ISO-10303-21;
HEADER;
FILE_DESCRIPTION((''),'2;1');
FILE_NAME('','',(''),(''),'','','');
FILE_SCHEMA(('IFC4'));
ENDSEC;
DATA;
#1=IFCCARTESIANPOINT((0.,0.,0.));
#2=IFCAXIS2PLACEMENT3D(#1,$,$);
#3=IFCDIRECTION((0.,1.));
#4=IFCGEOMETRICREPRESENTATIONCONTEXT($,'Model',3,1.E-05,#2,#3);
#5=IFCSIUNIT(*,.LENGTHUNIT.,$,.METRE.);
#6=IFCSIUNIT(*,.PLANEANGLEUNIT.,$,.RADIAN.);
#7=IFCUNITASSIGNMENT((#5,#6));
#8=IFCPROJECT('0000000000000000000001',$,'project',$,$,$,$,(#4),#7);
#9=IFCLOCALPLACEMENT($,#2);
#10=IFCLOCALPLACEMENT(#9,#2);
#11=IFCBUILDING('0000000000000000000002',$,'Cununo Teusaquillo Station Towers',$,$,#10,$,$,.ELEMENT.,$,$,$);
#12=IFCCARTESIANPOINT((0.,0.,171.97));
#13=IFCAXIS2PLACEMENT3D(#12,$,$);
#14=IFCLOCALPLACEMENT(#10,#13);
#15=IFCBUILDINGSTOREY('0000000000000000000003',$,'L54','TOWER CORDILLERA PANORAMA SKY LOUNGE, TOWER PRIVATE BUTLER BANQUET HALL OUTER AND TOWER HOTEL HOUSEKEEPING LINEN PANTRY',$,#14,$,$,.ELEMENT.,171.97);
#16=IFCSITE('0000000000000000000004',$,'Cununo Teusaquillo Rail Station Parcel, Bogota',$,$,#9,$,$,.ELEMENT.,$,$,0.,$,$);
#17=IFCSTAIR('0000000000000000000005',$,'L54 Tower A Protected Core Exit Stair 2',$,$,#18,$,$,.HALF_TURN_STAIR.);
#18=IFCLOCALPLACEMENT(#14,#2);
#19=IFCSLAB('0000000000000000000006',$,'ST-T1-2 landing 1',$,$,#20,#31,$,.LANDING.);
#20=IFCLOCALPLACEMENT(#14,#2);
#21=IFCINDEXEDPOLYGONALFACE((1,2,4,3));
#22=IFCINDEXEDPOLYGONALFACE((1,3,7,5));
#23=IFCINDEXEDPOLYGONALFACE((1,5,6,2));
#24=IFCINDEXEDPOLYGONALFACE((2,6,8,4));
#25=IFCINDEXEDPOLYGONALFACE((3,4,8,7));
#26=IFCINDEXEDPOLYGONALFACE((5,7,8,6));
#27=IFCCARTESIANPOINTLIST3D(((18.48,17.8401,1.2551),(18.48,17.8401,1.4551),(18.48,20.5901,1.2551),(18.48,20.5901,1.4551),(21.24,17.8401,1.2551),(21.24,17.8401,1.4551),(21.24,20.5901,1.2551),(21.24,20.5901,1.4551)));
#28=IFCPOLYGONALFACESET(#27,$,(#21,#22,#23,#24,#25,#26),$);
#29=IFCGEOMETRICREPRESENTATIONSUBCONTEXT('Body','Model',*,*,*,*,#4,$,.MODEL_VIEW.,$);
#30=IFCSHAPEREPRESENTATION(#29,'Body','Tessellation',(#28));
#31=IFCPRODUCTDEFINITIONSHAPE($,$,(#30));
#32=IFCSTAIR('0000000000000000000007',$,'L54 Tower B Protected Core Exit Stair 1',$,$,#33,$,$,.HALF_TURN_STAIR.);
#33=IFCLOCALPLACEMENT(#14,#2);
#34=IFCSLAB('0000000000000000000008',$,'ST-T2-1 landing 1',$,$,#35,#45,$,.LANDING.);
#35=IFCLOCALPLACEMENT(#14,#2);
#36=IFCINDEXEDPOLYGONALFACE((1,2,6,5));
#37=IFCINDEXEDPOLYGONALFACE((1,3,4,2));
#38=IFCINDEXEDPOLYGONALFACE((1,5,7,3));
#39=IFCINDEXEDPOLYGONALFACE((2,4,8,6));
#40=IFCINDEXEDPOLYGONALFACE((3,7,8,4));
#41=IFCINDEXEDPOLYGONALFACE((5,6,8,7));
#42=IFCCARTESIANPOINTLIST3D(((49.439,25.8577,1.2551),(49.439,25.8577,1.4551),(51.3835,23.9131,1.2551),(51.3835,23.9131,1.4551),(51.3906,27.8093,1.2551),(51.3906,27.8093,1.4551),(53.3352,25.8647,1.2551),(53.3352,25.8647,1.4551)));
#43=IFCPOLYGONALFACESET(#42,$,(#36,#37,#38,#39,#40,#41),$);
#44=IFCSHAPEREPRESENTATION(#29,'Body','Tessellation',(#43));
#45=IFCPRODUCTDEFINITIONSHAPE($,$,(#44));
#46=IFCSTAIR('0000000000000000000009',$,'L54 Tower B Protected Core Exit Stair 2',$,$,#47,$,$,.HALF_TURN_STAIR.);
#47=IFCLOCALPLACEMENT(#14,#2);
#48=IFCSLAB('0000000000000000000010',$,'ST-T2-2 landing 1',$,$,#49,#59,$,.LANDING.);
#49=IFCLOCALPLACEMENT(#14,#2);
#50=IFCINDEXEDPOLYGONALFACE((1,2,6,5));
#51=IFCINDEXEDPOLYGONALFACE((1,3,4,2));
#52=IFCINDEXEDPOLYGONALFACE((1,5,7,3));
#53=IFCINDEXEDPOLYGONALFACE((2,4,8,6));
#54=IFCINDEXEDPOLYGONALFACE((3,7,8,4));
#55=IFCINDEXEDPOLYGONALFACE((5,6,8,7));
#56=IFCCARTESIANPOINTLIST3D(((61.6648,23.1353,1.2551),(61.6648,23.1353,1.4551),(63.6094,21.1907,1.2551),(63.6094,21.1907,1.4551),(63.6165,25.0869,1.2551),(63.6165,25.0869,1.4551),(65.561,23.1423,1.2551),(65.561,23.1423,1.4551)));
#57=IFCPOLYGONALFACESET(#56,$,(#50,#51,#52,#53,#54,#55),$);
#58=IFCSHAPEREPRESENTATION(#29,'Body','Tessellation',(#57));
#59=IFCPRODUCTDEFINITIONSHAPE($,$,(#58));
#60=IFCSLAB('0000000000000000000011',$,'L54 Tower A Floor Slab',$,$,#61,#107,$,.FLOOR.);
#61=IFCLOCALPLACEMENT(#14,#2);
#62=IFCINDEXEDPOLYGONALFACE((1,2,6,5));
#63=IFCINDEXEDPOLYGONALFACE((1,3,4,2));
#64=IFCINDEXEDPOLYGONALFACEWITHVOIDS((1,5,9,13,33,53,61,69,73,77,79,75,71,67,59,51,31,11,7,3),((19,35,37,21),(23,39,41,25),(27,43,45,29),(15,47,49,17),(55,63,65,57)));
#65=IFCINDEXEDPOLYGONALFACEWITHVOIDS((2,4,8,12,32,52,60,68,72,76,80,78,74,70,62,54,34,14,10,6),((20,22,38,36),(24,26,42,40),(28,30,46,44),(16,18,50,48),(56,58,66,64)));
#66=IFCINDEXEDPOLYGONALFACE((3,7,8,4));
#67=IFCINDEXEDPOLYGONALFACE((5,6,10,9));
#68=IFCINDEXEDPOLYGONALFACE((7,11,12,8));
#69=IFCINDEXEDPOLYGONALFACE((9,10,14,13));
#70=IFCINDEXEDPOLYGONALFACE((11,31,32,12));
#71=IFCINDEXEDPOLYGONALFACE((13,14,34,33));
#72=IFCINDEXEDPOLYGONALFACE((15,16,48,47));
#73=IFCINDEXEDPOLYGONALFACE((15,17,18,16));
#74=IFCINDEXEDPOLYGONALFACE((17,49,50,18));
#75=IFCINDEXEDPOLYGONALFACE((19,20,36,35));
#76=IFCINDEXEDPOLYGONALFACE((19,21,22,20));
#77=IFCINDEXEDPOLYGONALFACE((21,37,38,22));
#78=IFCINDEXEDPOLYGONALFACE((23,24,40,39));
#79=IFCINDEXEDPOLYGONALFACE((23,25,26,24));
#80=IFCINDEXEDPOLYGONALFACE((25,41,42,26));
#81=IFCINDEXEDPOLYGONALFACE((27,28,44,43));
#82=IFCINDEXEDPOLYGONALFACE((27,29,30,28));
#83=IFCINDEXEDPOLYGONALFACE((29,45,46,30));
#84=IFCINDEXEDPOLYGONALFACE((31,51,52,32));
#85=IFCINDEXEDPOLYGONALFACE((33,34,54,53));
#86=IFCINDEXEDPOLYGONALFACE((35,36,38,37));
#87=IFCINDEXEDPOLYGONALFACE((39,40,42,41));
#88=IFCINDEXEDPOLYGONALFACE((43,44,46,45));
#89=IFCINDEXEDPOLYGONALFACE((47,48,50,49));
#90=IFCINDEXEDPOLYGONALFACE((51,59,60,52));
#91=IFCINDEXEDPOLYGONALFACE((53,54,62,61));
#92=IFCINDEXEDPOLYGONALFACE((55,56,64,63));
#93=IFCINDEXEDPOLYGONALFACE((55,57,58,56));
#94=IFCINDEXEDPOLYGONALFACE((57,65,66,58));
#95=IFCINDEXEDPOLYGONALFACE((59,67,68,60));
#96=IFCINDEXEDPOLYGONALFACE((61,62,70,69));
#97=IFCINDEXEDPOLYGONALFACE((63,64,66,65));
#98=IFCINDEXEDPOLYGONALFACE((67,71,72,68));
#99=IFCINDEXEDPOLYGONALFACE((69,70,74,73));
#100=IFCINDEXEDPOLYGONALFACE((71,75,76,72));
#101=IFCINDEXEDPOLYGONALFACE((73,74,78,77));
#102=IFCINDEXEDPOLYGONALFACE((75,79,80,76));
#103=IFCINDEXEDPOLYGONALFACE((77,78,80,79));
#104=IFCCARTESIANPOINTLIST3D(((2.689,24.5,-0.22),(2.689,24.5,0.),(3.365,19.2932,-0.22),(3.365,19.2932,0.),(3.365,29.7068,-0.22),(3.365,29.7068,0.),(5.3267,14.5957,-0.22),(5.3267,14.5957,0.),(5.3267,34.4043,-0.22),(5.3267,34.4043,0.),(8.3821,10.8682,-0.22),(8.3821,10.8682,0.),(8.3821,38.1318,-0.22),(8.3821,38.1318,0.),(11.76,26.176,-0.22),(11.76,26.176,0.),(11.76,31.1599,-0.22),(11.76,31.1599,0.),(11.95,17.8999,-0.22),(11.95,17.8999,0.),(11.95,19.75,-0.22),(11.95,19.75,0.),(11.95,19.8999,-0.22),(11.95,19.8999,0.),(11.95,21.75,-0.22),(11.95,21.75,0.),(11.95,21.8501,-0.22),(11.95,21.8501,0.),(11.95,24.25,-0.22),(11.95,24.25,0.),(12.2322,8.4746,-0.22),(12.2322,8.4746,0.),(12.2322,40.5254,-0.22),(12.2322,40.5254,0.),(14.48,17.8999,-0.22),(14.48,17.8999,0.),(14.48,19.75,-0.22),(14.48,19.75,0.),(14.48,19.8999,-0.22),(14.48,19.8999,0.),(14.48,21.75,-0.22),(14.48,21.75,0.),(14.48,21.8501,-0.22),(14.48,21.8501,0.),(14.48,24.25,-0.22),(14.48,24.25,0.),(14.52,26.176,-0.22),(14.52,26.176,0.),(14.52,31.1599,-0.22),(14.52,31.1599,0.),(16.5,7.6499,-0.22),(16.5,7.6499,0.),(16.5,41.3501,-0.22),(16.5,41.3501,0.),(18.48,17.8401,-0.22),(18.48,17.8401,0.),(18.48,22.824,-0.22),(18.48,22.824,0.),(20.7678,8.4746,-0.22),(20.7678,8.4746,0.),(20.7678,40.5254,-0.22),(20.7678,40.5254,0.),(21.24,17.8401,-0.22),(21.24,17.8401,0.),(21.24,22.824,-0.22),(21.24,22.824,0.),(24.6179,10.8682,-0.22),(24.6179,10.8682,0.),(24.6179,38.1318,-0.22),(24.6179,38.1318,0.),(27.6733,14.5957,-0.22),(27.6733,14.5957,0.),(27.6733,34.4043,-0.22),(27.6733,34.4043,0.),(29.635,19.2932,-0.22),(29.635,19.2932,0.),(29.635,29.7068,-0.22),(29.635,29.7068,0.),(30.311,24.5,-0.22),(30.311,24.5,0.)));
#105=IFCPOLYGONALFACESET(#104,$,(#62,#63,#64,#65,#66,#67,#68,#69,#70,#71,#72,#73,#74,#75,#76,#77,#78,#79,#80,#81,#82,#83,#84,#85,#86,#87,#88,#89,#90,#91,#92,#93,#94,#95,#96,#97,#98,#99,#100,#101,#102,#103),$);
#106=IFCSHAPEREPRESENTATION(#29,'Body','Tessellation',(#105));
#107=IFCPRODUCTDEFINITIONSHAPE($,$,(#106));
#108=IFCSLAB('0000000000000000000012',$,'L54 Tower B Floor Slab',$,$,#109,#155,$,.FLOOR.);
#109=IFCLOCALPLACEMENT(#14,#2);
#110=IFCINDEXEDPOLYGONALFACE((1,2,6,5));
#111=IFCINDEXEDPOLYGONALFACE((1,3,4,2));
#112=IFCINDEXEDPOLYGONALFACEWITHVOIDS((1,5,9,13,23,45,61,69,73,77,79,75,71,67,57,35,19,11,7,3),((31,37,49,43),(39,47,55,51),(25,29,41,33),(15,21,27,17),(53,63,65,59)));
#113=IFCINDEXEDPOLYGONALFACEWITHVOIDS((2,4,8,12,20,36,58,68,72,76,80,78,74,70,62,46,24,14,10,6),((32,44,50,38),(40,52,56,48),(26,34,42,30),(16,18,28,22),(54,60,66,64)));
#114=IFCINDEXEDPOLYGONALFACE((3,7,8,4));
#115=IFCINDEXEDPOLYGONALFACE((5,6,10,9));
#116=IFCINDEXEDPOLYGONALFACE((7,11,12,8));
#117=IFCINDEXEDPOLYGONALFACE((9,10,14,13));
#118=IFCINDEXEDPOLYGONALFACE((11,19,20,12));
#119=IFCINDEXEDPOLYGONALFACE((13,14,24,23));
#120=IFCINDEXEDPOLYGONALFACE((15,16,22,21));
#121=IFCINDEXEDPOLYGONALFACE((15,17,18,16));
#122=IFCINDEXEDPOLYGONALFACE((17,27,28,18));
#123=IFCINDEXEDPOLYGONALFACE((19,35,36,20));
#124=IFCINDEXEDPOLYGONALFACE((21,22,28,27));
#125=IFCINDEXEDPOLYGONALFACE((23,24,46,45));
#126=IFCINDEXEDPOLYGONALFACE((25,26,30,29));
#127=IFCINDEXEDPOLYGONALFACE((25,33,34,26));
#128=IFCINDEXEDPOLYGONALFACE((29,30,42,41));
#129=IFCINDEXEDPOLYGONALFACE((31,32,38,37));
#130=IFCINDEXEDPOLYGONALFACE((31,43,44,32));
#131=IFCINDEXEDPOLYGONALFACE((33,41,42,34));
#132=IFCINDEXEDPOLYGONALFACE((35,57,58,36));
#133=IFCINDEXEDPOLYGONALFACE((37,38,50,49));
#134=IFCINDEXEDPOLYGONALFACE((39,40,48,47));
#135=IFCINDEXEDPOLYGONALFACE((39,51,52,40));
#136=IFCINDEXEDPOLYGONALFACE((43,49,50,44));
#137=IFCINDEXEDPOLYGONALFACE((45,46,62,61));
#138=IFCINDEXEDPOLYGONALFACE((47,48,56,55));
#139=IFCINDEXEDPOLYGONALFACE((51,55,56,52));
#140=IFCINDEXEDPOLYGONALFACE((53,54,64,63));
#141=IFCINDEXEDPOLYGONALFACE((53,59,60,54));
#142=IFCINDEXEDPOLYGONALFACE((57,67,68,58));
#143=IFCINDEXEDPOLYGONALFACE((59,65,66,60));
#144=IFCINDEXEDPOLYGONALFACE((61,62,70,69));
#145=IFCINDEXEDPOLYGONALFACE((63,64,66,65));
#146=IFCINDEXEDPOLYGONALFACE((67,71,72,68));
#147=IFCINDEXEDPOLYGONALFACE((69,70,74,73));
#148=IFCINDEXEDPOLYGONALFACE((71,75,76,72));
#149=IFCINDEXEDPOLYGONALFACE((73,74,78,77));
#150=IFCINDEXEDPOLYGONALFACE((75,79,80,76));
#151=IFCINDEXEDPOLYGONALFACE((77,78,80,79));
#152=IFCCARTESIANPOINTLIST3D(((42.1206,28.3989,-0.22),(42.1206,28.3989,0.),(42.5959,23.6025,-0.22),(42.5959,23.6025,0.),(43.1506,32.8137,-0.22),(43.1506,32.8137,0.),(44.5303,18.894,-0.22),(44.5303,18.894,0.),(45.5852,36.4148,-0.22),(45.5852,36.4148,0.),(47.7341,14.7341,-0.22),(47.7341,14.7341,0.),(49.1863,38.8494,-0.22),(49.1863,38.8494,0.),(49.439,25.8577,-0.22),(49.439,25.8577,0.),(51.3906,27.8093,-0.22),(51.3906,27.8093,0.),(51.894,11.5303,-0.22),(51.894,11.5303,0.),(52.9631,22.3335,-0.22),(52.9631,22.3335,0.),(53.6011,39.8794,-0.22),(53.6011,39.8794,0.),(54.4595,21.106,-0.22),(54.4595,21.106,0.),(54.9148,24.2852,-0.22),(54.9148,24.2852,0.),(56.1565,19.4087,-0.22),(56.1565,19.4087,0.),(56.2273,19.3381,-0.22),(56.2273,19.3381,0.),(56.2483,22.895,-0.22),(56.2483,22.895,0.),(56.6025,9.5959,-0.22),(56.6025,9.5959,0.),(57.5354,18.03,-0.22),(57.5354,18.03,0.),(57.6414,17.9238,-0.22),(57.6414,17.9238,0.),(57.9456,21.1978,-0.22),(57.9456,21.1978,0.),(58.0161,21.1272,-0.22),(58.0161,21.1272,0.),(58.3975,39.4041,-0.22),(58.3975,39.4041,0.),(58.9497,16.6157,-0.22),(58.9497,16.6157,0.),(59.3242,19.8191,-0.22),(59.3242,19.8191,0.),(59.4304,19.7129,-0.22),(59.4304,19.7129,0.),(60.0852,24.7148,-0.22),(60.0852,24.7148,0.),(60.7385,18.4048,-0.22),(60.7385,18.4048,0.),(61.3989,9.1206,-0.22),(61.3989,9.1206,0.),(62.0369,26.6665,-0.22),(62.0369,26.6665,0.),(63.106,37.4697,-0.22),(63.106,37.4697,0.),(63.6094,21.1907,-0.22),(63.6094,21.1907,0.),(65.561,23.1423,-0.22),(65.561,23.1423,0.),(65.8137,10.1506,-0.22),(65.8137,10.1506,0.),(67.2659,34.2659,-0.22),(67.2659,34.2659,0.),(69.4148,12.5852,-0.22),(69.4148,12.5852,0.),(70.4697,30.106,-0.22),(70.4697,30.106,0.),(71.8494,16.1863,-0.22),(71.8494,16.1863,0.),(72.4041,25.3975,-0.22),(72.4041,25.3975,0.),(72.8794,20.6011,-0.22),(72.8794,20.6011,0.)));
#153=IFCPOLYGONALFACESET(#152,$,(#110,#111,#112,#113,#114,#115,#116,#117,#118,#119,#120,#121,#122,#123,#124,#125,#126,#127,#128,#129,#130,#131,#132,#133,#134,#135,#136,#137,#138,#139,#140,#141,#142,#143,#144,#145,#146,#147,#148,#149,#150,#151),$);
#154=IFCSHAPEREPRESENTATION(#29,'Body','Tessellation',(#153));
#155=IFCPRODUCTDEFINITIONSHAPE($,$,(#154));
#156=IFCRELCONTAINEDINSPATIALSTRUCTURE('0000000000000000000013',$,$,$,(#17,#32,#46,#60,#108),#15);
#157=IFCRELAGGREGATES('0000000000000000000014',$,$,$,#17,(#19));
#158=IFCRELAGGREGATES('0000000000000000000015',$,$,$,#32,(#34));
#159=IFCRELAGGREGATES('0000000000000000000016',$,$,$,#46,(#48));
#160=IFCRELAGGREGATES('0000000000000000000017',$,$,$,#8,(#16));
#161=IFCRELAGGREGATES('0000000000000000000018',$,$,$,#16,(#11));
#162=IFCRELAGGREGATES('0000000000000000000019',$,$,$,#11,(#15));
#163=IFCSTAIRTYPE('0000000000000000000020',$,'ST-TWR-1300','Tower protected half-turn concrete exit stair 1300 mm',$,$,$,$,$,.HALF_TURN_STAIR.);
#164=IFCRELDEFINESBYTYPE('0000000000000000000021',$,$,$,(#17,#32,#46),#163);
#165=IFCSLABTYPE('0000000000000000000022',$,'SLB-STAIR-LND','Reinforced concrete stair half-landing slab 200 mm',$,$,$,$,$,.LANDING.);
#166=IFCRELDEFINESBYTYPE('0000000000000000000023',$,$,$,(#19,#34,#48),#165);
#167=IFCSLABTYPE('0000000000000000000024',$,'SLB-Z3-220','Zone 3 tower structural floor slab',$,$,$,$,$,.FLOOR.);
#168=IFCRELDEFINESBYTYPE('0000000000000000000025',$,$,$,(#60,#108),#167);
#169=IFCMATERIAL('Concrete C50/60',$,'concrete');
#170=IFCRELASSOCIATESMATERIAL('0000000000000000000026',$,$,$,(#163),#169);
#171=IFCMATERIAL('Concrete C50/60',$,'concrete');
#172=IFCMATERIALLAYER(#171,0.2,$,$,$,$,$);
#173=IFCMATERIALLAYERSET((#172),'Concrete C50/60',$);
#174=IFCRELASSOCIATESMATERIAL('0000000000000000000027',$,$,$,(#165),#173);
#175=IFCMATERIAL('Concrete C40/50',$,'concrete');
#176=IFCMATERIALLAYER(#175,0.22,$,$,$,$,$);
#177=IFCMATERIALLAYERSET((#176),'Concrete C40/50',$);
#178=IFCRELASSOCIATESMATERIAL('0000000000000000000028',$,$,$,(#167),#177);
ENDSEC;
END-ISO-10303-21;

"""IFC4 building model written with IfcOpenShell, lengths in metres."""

from ifc_helpers import new_model, si_unit, direction, frame, origin, place, context, subcontext, project, spatial, polyline, outline, extrude, material, layer, layer_set, type_object, element, aggregate, save


model = new_model("IFC4")

# Units and contexts
model_context = context("Model", 3, precision=1e-05, world=origin(), true_north=direction((0.0, 1.0)))
body_context = subcontext(model_context, "Body", "Model", "MODEL_VIEW")
ifc_project = project(units=[si_unit("LENGTHUNIT", "METRE"), si_unit("PLANEANGLEUNIT", "RADIAN")], contexts=[model_context])

# Site, building, storey
site_placement = place(None, origin())
site = spatial("IfcSite", under=ifc_project, at=site_placement, Name="Cununo Teusaquillo Rail Station Parcel, Bogota", CompositionType="ELEMENT", RefElevation=0.0)
building_placement = place(site_placement, origin())
building = spatial("IfcBuilding", under=site, at=building_placement, Name="Cununo Teusaquillo Station Towers", CompositionType="ELEMENT")
storey_placement = place(building_placement, frame((0.0, 0.0, 171.97)))
storey = spatial("IfcBuildingStorey", under=building, at=storey_placement, Name="L54", Description="TOWER CORDILLERA PANORAMA SKY LOUNGE, TOWER PRIVATE BUTLER BANQUET HALL OUTER AND TOWER HOTEL HOUSEKEEPING LINEN PANTRY", CompositionType="ELEMENT", Elevation=171.97)

# Stairs, slabs
ifc_material_1 = material(Name="Concrete C50/60", Category="concrete")
stair_type = type_object("IfcStairType", Name="ST-TWR-1300", Description="Tower protected half-turn concrete exit stair 1300 mm", PredefinedType="HALF_TURN_STAIR", material=ifc_material_1)
ifc_material_2 = material(Name="Concrete C50/60", Category="concrete")
ifc_layer_1 = layer(ifc_material_2, 0.2)
ifc_layer_set_1 = layer_set([ifc_layer_1], Name="Concrete C50/60")
slab_type_1 = type_object("IfcSlabType", Name="SLB-STAIR-LND", Description="Reinforced concrete stair half-landing slab 200 mm", PredefinedType="LANDING", material=ifc_layer_set_1)
stair_1_placement = place(storey_placement, origin())
stair_1 = element("IfcStair", 1, at=stair_1_placement, inside=storey, type_object=stair_type, Name="L54 Tower A Protected Core Exit Stair 2", PredefinedType="HALF_TURN_STAIR")
slab_1_placement = place(storey_placement, frame((0.0, 0.0, 1.2551)))
slab_1 = element("IfcSlab", 2, at=slab_1_placement, type_object=slab_type_1, Name="ST-T1-2 landing 1", PredefinedType="LANDING", context=body_context, shape_type="SweptSolid", body=[
    extrude(outline(polyline([(18.48, 20.5901), (18.48, 17.8401), (21.24, 17.8401), (21.24, 20.5901), (18.48, 20.5901)])), origin(), (0.0, 0.0, 1.0), 0.2),
])
aggregate(stair_1, [slab_1])
stair_2_placement = place(storey_placement, origin())
stair_2 = element("IfcStair", 3, at=stair_2_placement, inside=storey, type_object=stair_type, Name="L54 Tower B Protected Core Exit Stair 1", PredefinedType="HALF_TURN_STAIR")
slab_2_placement = place(storey_placement, frame((0.0, 0.0, 1.2551)))
slab_2 = element("IfcSlab", 4, at=slab_2_placement, type_object=slab_type_1, Name="ST-T2-1 landing 1", PredefinedType="LANDING", context=body_context, shape_type="SweptSolid", body=[
    extrude(outline(polyline([(53.3352, 25.8647), (51.3906, 27.8093), (49.439, 25.8577), (51.3835, 23.9131), (53.3352, 25.8647)])), origin(), (0.0, 0.0, 1.0), 0.2),
])
aggregate(stair_2, [slab_2])
stair_3_placement = place(storey_placement, origin())
stair_3 = element("IfcStair", 5, at=stair_3_placement, inside=storey, type_object=stair_type, Name="L54 Tower B Protected Core Exit Stair 2", PredefinedType="HALF_TURN_STAIR")
slab_3_placement = place(storey_placement, frame((0.0, 0.0, 1.2551)))
slab_3 = element("IfcSlab", 6, at=slab_3_placement, type_object=slab_type_1, Name="ST-T2-2 landing 1", PredefinedType="LANDING", context=body_context, shape_type="SweptSolid", body=[
    extrude(outline(polyline([(61.6648, 23.1353), (63.6094, 21.1907), (65.561, 23.1423), (63.6165, 25.0869), (61.6648, 23.1353)])), origin(), (0.0, 0.0, 1.0), 0.2),
])
aggregate(stair_3, [slab_3])

# Slabs
ifc_material_3 = material(Name="Concrete C40/50", Category="concrete")
ifc_layer_2 = layer(ifc_material_3, 0.22)
ifc_layer_set_2 = layer_set([ifc_layer_2], Name="Concrete C40/50")
slab_type_2 = type_object("IfcSlabType", Name="SLB-Z3-220", Description="Zone 3 tower structural floor slab", PredefinedType="FLOOR", material=ifc_layer_set_2)
slab_4_placement = place(storey_placement, frame((0.0, 0.0, -0.22)))
element("IfcSlab", 7, at=slab_4_placement, inside=storey, type_object=slab_type_2, Name="L54 Tower A Floor Slab", PredefinedType="FLOOR", context=body_context, shape_type="SweptSolid", body=[
    extrude(outline(polyline([(30.311, 24.5), (29.635, 29.7068), (27.6733, 34.4043), (24.6179, 38.1318), (20.7678, 40.5254), (16.5, 41.3501), (12.2322, 40.5254), (8.3821, 38.1318), (5.3267, 34.4043), (3.365, 29.7068), (2.689, 24.5), (3.365, 19.2932), (5.3267, 14.5957), (8.3821, 10.8682), (12.2322, 8.4746), (16.5, 7.6499), (20.7678, 8.4746), (24.6179, 10.8682), (27.6733, 14.5957), (29.635, 19.2932), (30.311, 24.5)]), holes=[polyline([(14.52, 26.176), (14.52, 31.1599), (11.76, 31.1599), (11.76, 26.176), (14.52, 26.176)]), polyline([(18.48, 22.824), (18.48, 17.8401), (21.24, 17.8401), (21.24, 22.824), (18.48, 22.824)]), polyline([(11.95, 21.8501), (14.48, 21.8501), (14.48, 24.25), (11.95, 24.25), (11.95, 21.8501)]), polyline([(11.95, 17.8999), (14.48, 17.8999), (14.48, 19.75), (11.95, 19.75), (11.95, 17.8999)]), polyline([(11.95, 19.8999), (14.48, 19.8999), (14.48, 21.75), (11.95, 21.75), (11.95, 19.8999)])]), origin(), (0.0, 0.0, 1.0), 0.22),
])
slab_5_placement = place(storey_placement, frame((0.0, 0.0, -0.22)))
element("IfcSlab", 8, at=slab_5_placement, inside=storey, type_object=slab_type_2, Name="L54 Tower B Floor Slab", PredefinedType="FLOOR", context=body_context, shape_type="SweptSolid", body=[
    extrude(outline(polyline([(67.2659, 34.2659), (63.106, 37.4697), (58.3975, 39.4041), (53.6011, 39.8794), (49.1863, 38.8494), (45.5852, 36.4148), (43.1506, 32.8137), (42.1206, 28.3989), (42.5959, 23.6025), (44.5303, 18.894), (47.7341, 14.7341), (51.894, 11.5303), (56.6025, 9.5959), (61.3989, 9.1206), (65.8137, 10.1506), (69.4148, 12.5852), (71.8494, 16.1863), (72.8794, 20.6011), (72.4041, 25.3975), (70.4697, 30.106), (67.2659, 34.2659)]), holes=[polyline([(54.9148, 24.2852), (51.3906, 27.8093), (49.439, 25.8577), (52.9631, 22.3335), (54.9148, 24.2852)]), polyline([(60.0852, 24.7148), (63.6094, 21.1907), (65.561, 23.1423), (62.0369, 26.6665), (60.0852, 24.7148)]), polyline([(56.1565, 19.4087), (57.9456, 21.1978), (56.2483, 22.895), (54.4595, 21.106), (56.1565, 19.4087)]), polyline([(58.9497, 16.6157), (60.7385, 18.4048), (59.4304, 19.7129), (57.6414, 17.9238), (58.9497, 16.6157)]), polyline([(57.5354, 18.03), (59.3242, 19.8191), (58.0161, 21.1272), (56.2273, 19.3381), (57.5354, 18.03)])]), origin(), (0.0, 0.0, 1.0), 0.22),
])

save(model, "model.ifc")
